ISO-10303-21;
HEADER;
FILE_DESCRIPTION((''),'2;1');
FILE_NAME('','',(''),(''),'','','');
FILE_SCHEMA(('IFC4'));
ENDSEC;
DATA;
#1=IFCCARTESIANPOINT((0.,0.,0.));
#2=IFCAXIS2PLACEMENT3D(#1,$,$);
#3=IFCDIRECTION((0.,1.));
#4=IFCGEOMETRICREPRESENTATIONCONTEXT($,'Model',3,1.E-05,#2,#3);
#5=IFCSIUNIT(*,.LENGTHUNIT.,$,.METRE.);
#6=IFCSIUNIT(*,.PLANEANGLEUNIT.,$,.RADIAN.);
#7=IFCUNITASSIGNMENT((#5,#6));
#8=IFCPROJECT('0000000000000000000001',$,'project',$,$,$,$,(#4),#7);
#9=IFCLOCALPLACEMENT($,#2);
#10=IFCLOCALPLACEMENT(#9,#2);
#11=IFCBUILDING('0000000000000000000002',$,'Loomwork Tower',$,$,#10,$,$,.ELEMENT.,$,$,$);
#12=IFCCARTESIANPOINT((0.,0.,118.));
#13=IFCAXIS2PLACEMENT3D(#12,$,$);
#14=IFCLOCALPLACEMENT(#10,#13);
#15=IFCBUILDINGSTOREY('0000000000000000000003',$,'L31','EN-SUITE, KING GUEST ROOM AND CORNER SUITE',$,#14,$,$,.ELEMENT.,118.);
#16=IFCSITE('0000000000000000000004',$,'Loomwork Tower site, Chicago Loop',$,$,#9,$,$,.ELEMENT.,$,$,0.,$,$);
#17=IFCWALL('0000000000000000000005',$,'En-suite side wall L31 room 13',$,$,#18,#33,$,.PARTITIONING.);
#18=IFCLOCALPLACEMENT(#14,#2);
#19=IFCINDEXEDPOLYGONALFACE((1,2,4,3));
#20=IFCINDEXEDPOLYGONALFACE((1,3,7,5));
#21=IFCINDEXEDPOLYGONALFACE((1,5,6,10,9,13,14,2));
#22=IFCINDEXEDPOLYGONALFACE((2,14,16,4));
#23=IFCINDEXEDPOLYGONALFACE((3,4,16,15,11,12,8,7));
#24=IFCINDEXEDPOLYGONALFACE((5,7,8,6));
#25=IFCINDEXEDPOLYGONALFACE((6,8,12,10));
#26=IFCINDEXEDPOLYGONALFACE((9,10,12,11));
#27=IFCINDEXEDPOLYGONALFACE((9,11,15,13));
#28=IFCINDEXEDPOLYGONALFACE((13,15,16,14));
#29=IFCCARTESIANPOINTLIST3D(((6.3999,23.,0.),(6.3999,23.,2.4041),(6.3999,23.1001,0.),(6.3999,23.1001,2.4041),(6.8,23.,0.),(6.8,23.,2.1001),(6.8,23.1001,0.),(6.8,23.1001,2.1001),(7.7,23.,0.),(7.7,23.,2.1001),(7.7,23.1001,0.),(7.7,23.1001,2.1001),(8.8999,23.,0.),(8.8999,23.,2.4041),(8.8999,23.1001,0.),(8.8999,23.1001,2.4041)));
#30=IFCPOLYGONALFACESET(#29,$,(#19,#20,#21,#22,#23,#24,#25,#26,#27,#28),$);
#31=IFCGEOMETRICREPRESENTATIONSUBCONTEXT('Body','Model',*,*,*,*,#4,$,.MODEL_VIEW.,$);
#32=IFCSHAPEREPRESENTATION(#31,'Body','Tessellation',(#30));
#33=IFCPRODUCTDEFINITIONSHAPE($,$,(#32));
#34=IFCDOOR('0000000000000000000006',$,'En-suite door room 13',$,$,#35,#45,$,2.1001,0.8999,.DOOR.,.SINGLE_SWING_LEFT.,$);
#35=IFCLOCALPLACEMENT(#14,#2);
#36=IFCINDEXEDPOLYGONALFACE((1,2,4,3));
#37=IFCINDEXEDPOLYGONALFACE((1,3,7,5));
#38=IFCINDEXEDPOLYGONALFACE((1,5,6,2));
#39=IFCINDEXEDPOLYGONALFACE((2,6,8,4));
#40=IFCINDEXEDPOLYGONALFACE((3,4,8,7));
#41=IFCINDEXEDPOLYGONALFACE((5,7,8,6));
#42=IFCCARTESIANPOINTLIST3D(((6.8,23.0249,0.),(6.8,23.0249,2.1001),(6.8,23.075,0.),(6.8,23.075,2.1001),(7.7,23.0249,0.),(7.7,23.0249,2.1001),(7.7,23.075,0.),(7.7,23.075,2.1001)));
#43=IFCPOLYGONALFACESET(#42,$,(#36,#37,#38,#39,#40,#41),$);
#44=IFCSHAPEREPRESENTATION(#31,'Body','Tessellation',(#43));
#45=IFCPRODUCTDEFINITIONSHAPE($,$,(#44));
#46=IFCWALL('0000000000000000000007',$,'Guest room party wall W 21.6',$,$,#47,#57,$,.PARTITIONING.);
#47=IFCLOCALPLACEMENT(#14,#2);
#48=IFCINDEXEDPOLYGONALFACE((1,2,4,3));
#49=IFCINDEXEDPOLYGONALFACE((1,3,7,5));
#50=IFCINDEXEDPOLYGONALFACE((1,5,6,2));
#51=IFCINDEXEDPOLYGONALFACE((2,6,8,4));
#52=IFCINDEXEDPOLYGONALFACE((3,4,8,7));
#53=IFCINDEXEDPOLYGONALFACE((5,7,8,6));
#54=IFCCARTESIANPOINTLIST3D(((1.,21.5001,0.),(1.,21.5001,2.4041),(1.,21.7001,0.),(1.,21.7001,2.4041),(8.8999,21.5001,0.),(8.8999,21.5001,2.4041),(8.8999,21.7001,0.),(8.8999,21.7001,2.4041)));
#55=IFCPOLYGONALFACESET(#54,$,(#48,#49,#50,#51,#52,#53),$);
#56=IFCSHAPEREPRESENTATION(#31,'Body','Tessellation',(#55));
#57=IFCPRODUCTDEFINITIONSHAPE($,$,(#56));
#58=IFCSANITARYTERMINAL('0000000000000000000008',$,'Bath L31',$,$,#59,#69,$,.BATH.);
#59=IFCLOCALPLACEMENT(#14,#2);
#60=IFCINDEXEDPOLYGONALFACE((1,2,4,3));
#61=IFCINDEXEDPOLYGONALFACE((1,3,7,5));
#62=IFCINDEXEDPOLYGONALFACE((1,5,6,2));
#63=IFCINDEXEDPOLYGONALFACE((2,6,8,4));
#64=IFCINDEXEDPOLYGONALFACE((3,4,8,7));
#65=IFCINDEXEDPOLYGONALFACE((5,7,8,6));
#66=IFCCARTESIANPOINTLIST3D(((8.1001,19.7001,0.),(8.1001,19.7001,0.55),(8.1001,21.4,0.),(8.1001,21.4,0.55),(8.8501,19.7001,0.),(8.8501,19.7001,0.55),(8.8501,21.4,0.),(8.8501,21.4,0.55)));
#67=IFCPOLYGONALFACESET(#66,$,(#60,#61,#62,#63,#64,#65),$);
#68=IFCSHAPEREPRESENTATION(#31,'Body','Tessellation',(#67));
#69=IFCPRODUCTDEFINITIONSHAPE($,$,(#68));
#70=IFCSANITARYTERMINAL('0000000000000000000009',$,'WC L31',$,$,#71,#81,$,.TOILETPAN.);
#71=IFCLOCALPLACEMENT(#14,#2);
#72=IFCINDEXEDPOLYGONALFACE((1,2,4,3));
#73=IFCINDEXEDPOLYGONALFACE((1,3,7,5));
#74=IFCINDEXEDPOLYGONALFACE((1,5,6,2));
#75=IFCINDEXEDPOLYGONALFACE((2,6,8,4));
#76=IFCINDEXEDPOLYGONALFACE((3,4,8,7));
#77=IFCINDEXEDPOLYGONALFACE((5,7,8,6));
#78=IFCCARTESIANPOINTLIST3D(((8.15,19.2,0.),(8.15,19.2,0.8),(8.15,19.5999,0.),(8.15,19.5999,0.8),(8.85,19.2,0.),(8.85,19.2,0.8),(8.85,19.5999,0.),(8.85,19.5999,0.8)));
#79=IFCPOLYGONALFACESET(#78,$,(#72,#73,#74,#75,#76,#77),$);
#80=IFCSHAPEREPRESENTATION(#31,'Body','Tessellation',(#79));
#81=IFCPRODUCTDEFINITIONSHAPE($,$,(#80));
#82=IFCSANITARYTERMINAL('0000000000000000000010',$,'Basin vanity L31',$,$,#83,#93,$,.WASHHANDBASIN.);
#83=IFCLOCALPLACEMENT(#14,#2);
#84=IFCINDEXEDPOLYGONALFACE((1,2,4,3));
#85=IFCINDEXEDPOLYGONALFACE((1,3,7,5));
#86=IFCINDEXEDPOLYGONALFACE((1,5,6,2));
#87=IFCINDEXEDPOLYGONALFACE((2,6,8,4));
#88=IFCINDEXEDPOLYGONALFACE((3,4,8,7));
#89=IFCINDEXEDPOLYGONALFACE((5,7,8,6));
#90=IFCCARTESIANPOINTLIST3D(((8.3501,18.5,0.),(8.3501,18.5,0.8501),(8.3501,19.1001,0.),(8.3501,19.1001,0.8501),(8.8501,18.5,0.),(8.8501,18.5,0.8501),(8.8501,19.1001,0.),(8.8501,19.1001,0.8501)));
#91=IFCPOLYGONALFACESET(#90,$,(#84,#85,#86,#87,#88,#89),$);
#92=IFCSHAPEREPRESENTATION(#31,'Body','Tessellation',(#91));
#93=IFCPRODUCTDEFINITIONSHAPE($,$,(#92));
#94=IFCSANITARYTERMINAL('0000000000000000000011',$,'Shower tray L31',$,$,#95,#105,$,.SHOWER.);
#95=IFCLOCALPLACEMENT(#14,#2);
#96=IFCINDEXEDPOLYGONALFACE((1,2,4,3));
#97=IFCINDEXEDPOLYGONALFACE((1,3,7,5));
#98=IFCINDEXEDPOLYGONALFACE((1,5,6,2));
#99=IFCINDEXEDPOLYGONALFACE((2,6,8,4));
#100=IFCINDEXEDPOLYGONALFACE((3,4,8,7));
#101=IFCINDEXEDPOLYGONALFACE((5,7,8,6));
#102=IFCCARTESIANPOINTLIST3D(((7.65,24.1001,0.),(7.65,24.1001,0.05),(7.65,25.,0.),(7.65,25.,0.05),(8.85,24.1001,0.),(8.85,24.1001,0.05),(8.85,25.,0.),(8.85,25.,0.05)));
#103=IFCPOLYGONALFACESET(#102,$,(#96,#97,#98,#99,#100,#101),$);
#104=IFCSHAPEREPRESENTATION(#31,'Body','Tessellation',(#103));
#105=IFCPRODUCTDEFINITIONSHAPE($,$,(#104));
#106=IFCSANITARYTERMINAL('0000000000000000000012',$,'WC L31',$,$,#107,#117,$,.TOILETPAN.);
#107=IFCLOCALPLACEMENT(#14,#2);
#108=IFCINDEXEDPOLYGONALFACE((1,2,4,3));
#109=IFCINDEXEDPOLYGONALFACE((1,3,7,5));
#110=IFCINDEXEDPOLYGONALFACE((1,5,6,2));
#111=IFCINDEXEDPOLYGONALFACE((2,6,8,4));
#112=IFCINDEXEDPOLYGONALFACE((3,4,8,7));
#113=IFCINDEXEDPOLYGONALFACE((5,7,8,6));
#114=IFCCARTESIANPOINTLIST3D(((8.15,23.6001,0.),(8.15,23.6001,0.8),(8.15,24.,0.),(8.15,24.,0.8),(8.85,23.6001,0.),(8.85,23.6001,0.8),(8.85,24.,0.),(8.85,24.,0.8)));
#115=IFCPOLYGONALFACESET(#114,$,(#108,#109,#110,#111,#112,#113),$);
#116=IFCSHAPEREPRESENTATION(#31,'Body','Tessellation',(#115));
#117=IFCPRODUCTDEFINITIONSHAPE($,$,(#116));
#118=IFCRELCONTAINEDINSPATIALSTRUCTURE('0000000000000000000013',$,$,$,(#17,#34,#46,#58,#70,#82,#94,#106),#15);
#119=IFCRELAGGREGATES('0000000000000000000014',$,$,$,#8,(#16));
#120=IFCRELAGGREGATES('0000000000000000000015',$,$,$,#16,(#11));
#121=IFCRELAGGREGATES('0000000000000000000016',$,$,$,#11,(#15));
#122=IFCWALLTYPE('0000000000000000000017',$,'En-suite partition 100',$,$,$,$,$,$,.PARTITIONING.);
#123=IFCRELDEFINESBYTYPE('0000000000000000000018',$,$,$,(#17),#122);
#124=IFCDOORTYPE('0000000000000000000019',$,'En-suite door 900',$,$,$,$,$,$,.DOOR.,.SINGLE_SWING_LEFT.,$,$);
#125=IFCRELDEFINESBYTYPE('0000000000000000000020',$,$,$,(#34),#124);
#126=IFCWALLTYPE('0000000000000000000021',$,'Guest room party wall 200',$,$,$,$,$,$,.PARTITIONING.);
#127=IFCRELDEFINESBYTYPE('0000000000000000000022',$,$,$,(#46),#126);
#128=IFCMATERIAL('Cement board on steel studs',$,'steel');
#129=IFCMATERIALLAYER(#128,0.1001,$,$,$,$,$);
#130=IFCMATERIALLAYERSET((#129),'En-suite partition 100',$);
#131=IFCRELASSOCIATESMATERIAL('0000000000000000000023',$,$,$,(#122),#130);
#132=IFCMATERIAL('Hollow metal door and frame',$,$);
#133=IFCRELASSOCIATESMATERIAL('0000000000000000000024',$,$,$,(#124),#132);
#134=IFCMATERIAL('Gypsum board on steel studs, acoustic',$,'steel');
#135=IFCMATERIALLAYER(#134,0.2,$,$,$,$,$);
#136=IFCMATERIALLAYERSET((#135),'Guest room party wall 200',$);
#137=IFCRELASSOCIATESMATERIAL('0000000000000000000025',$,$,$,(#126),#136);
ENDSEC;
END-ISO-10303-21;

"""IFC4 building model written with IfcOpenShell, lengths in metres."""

from ifc_helpers import new_model, si_unit, direction, frame, frame_2d, origin, origin_2d, place, context, subcontext, project, spatial, rectangle, extrude, material, layer, layer_set, type_object, element, fill, save


model = new_model("IFC4")

# Units and contexts
model_context = context("Model", 3, precision=1e-05, world=origin(), true_north=direction((0.0, 1.0)))
body_context = subcontext(model_context, "Body", "Model", "MODEL_VIEW")
ifc_project = project(units=[si_unit("LENGTHUNIT", "METRE"), si_unit("PLANEANGLEUNIT", "RADIAN")], contexts=[model_context])

# Site, building, storey
site_placement = place(None, origin())
site = spatial("IfcSite", under=ifc_project, at=site_placement, Name="Loomwork Tower site, Chicago Loop", CompositionType="ELEMENT", RefElevation=0.0)
building_placement = place(site_placement, origin())
building = spatial("IfcBuilding", under=site, at=building_placement, Name="Loomwork Tower", CompositionType="ELEMENT")
storey_placement = place(building_placement, frame((0.0, 0.0, 118.0)))
storey = spatial("IfcBuildingStorey", under=building, at=storey_placement, Name="L31", Description="EN-SUITE, KING GUEST ROOM AND CORNER SUITE", CompositionType="ELEMENT", Elevation=118.0)

# Wall, opening, door
ifc_material_1 = material(Name="Cement board on steel studs", Category="steel")
ifc_layer_1 = layer(ifc_material_1, 0.1001)
ifc_layer_set_1 = layer_set([ifc_layer_1], Name="En-suite partition 100")
wall_type_1 = type_object("IfcWallType", Name="En-suite partition 100", PredefinedType="PARTITIONING", material=ifc_layer_set_1)
ifc_material_2 = material(Name="Hollow metal door and frame")
door_type_1 = type_object("IfcDoorType", Name="En-suite door 900", OperationType="SINGLE_SWING_LEFT", PredefinedType="DOOR", material=ifc_material_2)
wall_1_placement = place(storey_placement, frame((8.8999, 23.05, 0.0), z_axis=(0.0, 0.0, 1.0), x_axis=(-1.0, 0.0, 0.0)))
wall_1 = element("IfcWall", 1, at=wall_1_placement, inside=storey, type_object=wall_type_1, Name="En-suite side wall L31 room 13", PredefinedType="PARTITIONING", context=body_context, shape_type="SweptSolid", body=[
    extrude(rectangle(XDim=2.5, YDim=0.1001, at=frame_2d((1.25, 0.0))), origin(), (0.0, 0.0, 1.0), 2.4041),
])
opening_1_placement = place(wall_1_placement, frame((1.2, 0.0, 0.0)))
opening_1 = element("IfcOpeningElement", 2, at=opening_1_placement, cuts=wall_1, PredefinedType="OPENING", context=body_context, shape_type="SweptSolid", body=[
    extrude(rectangle(XDim=0.8999, YDim=2.1001, at=frame_2d((0.45, 1.05))), frame((0.0, 0.0601, 0.0), z_axis=(0.0, -1.0, 0.0), x_axis=(1.0, 0.0, 0.0)), (0.0, 0.0, 1.0), 0.1201),
])
door_1_placement = place(opening_1_placement, frame((0.8999, 0.0, 0.0), z_axis=(0.0, 0.0, 1.0), x_axis=(-1.0, 0.0, 0.0)))
door_1 = element("IfcDoor", 3, at=door_1_placement, inside=storey, type_object=door_type_1, Name="En-suite door room 13", OperationType="SINGLE_SWING_LEFT", OverallHeight=2.1001, OverallWidth=0.8999, PredefinedType="DOOR", context=body_context, shape_type="SweptSolid", body=[
    extrude(rectangle(XDim=0.8999, YDim=2.1001, at=frame_2d((0.45, 1.05))), frame((0.0, 0.0249, 0.0), z_axis=(0.0, -1.0, 0.0), x_axis=(1.0, 0.0, 0.0)), (0.0, 0.0, 1.0), 0.05),
])
fill(opening_1, door_1)

# Wall
ifc_material_3 = material(Name="Gypsum board on steel studs, acoustic", Category="steel")
ifc_layer_2 = layer(ifc_material_3, 0.2)
ifc_layer_set_2 = layer_set([ifc_layer_2], Name="Guest room party wall 200")
wall_type_2 = type_object("IfcWallType", Name="Guest room party wall 200", PredefinedType="PARTITIONING", material=ifc_layer_set_2)
wall_2_placement = place(storey_placement, frame((8.8999, 21.6001, 0.0), z_axis=(0.0, 0.0, 1.0), x_axis=(-1.0, 0.0, 0.0)))
element("IfcWall", 4, at=wall_2_placement, inside=storey, type_object=wall_type_2, Name="Guest room party wall W 21.6", PredefinedType="PARTITIONING", context=body_context, shape_type="SweptSolid", body=[
    extrude(rectangle(XDim=7.8999, YDim=0.2, at=frame_2d((3.95, 0.0))), origin(), (0.0, 0.0, 1.0), 2.4041),
])

# Sanitary terminals
sanitary_terminal_1_placement = place(storey_placement, frame((8.4751, 20.55, 0.0), z_axis=(0.0, 0.0, 1.0), x_axis=(1.0, 0.0, 0.0)))
element("IfcSanitaryTerminal", 5, at=sanitary_terminal_1_placement, inside=storey, Name="Bath L31", PredefinedType="BATH", context=body_context, shape_type="SweptSolid", body=[
    extrude(rectangle(XDim=0.75, YDim=1.7, at=origin_2d()), origin(), (0.0, 0.0, 1.0), 0.55),
])
sanitary_terminal_2_placement = place(storey_placement, frame((8.5, 19.3999, 0.0), z_axis=(0.0, 0.0, 1.0), x_axis=(1.0, 0.0, 0.0)))
element("IfcSanitaryTerminal", 6, at=sanitary_terminal_2_placement, inside=storey, Name="WC L31", PredefinedType="TOILETPAN", context=body_context, shape_type="SweptSolid", body=[
    extrude(rectangle(XDim=0.7, YDim=0.3999, at=origin_2d()), origin(), (0.0, 0.0, 1.0), 0.8),
])
sanitary_terminal_3_placement = place(storey_placement, frame((8.6001, 18.8, 0.0), z_axis=(0.0, 0.0, 1.0), x_axis=(1.0, 0.0, 0.0)))
element("IfcSanitaryTerminal", 7, at=sanitary_terminal_3_placement, inside=storey, Name="Basin vanity L31", PredefinedType="WASHHANDBASIN", context=body_context, shape_type="SweptSolid", body=[
    extrude(rectangle(XDim=0.5, YDim=0.6001, at=origin_2d()), origin(), (0.0, 0.0, 1.0), 0.8501),
])
sanitary_terminal_4_placement = place(storey_placement, frame((8.25, 24.55, 0.0), z_axis=(0.0, 0.0, 1.0), x_axis=(1.0, 0.0, 0.0)))
element("IfcSanitaryTerminal", 8, at=sanitary_terminal_4_placement, inside=storey, Name="Shower tray L31", PredefinedType="SHOWER", context=body_context, shape_type="SweptSolid", body=[
    extrude(rectangle(XDim=1.2, YDim=0.8999, at=origin_2d()), origin(), (0.0, 0.0, 1.0), 0.05),
])
sanitary_terminal_5_placement = place(storey_placement, frame((8.5, 23.8, 0.0), z_axis=(0.0, 0.0, 1.0), x_axis=(1.0, 0.0, 0.0)))
element("IfcSanitaryTerminal", 9, at=sanitary_terminal_5_placement, inside=storey, Name="WC L31", PredefinedType="TOILETPAN", context=body_context, shape_type="SweptSolid", body=[
    extrude(rectangle(XDim=0.7, YDim=0.3999, at=origin_2d()), origin(), (0.0, 0.0, 1.0), 0.8),
])

save(model, "model.ifc")
